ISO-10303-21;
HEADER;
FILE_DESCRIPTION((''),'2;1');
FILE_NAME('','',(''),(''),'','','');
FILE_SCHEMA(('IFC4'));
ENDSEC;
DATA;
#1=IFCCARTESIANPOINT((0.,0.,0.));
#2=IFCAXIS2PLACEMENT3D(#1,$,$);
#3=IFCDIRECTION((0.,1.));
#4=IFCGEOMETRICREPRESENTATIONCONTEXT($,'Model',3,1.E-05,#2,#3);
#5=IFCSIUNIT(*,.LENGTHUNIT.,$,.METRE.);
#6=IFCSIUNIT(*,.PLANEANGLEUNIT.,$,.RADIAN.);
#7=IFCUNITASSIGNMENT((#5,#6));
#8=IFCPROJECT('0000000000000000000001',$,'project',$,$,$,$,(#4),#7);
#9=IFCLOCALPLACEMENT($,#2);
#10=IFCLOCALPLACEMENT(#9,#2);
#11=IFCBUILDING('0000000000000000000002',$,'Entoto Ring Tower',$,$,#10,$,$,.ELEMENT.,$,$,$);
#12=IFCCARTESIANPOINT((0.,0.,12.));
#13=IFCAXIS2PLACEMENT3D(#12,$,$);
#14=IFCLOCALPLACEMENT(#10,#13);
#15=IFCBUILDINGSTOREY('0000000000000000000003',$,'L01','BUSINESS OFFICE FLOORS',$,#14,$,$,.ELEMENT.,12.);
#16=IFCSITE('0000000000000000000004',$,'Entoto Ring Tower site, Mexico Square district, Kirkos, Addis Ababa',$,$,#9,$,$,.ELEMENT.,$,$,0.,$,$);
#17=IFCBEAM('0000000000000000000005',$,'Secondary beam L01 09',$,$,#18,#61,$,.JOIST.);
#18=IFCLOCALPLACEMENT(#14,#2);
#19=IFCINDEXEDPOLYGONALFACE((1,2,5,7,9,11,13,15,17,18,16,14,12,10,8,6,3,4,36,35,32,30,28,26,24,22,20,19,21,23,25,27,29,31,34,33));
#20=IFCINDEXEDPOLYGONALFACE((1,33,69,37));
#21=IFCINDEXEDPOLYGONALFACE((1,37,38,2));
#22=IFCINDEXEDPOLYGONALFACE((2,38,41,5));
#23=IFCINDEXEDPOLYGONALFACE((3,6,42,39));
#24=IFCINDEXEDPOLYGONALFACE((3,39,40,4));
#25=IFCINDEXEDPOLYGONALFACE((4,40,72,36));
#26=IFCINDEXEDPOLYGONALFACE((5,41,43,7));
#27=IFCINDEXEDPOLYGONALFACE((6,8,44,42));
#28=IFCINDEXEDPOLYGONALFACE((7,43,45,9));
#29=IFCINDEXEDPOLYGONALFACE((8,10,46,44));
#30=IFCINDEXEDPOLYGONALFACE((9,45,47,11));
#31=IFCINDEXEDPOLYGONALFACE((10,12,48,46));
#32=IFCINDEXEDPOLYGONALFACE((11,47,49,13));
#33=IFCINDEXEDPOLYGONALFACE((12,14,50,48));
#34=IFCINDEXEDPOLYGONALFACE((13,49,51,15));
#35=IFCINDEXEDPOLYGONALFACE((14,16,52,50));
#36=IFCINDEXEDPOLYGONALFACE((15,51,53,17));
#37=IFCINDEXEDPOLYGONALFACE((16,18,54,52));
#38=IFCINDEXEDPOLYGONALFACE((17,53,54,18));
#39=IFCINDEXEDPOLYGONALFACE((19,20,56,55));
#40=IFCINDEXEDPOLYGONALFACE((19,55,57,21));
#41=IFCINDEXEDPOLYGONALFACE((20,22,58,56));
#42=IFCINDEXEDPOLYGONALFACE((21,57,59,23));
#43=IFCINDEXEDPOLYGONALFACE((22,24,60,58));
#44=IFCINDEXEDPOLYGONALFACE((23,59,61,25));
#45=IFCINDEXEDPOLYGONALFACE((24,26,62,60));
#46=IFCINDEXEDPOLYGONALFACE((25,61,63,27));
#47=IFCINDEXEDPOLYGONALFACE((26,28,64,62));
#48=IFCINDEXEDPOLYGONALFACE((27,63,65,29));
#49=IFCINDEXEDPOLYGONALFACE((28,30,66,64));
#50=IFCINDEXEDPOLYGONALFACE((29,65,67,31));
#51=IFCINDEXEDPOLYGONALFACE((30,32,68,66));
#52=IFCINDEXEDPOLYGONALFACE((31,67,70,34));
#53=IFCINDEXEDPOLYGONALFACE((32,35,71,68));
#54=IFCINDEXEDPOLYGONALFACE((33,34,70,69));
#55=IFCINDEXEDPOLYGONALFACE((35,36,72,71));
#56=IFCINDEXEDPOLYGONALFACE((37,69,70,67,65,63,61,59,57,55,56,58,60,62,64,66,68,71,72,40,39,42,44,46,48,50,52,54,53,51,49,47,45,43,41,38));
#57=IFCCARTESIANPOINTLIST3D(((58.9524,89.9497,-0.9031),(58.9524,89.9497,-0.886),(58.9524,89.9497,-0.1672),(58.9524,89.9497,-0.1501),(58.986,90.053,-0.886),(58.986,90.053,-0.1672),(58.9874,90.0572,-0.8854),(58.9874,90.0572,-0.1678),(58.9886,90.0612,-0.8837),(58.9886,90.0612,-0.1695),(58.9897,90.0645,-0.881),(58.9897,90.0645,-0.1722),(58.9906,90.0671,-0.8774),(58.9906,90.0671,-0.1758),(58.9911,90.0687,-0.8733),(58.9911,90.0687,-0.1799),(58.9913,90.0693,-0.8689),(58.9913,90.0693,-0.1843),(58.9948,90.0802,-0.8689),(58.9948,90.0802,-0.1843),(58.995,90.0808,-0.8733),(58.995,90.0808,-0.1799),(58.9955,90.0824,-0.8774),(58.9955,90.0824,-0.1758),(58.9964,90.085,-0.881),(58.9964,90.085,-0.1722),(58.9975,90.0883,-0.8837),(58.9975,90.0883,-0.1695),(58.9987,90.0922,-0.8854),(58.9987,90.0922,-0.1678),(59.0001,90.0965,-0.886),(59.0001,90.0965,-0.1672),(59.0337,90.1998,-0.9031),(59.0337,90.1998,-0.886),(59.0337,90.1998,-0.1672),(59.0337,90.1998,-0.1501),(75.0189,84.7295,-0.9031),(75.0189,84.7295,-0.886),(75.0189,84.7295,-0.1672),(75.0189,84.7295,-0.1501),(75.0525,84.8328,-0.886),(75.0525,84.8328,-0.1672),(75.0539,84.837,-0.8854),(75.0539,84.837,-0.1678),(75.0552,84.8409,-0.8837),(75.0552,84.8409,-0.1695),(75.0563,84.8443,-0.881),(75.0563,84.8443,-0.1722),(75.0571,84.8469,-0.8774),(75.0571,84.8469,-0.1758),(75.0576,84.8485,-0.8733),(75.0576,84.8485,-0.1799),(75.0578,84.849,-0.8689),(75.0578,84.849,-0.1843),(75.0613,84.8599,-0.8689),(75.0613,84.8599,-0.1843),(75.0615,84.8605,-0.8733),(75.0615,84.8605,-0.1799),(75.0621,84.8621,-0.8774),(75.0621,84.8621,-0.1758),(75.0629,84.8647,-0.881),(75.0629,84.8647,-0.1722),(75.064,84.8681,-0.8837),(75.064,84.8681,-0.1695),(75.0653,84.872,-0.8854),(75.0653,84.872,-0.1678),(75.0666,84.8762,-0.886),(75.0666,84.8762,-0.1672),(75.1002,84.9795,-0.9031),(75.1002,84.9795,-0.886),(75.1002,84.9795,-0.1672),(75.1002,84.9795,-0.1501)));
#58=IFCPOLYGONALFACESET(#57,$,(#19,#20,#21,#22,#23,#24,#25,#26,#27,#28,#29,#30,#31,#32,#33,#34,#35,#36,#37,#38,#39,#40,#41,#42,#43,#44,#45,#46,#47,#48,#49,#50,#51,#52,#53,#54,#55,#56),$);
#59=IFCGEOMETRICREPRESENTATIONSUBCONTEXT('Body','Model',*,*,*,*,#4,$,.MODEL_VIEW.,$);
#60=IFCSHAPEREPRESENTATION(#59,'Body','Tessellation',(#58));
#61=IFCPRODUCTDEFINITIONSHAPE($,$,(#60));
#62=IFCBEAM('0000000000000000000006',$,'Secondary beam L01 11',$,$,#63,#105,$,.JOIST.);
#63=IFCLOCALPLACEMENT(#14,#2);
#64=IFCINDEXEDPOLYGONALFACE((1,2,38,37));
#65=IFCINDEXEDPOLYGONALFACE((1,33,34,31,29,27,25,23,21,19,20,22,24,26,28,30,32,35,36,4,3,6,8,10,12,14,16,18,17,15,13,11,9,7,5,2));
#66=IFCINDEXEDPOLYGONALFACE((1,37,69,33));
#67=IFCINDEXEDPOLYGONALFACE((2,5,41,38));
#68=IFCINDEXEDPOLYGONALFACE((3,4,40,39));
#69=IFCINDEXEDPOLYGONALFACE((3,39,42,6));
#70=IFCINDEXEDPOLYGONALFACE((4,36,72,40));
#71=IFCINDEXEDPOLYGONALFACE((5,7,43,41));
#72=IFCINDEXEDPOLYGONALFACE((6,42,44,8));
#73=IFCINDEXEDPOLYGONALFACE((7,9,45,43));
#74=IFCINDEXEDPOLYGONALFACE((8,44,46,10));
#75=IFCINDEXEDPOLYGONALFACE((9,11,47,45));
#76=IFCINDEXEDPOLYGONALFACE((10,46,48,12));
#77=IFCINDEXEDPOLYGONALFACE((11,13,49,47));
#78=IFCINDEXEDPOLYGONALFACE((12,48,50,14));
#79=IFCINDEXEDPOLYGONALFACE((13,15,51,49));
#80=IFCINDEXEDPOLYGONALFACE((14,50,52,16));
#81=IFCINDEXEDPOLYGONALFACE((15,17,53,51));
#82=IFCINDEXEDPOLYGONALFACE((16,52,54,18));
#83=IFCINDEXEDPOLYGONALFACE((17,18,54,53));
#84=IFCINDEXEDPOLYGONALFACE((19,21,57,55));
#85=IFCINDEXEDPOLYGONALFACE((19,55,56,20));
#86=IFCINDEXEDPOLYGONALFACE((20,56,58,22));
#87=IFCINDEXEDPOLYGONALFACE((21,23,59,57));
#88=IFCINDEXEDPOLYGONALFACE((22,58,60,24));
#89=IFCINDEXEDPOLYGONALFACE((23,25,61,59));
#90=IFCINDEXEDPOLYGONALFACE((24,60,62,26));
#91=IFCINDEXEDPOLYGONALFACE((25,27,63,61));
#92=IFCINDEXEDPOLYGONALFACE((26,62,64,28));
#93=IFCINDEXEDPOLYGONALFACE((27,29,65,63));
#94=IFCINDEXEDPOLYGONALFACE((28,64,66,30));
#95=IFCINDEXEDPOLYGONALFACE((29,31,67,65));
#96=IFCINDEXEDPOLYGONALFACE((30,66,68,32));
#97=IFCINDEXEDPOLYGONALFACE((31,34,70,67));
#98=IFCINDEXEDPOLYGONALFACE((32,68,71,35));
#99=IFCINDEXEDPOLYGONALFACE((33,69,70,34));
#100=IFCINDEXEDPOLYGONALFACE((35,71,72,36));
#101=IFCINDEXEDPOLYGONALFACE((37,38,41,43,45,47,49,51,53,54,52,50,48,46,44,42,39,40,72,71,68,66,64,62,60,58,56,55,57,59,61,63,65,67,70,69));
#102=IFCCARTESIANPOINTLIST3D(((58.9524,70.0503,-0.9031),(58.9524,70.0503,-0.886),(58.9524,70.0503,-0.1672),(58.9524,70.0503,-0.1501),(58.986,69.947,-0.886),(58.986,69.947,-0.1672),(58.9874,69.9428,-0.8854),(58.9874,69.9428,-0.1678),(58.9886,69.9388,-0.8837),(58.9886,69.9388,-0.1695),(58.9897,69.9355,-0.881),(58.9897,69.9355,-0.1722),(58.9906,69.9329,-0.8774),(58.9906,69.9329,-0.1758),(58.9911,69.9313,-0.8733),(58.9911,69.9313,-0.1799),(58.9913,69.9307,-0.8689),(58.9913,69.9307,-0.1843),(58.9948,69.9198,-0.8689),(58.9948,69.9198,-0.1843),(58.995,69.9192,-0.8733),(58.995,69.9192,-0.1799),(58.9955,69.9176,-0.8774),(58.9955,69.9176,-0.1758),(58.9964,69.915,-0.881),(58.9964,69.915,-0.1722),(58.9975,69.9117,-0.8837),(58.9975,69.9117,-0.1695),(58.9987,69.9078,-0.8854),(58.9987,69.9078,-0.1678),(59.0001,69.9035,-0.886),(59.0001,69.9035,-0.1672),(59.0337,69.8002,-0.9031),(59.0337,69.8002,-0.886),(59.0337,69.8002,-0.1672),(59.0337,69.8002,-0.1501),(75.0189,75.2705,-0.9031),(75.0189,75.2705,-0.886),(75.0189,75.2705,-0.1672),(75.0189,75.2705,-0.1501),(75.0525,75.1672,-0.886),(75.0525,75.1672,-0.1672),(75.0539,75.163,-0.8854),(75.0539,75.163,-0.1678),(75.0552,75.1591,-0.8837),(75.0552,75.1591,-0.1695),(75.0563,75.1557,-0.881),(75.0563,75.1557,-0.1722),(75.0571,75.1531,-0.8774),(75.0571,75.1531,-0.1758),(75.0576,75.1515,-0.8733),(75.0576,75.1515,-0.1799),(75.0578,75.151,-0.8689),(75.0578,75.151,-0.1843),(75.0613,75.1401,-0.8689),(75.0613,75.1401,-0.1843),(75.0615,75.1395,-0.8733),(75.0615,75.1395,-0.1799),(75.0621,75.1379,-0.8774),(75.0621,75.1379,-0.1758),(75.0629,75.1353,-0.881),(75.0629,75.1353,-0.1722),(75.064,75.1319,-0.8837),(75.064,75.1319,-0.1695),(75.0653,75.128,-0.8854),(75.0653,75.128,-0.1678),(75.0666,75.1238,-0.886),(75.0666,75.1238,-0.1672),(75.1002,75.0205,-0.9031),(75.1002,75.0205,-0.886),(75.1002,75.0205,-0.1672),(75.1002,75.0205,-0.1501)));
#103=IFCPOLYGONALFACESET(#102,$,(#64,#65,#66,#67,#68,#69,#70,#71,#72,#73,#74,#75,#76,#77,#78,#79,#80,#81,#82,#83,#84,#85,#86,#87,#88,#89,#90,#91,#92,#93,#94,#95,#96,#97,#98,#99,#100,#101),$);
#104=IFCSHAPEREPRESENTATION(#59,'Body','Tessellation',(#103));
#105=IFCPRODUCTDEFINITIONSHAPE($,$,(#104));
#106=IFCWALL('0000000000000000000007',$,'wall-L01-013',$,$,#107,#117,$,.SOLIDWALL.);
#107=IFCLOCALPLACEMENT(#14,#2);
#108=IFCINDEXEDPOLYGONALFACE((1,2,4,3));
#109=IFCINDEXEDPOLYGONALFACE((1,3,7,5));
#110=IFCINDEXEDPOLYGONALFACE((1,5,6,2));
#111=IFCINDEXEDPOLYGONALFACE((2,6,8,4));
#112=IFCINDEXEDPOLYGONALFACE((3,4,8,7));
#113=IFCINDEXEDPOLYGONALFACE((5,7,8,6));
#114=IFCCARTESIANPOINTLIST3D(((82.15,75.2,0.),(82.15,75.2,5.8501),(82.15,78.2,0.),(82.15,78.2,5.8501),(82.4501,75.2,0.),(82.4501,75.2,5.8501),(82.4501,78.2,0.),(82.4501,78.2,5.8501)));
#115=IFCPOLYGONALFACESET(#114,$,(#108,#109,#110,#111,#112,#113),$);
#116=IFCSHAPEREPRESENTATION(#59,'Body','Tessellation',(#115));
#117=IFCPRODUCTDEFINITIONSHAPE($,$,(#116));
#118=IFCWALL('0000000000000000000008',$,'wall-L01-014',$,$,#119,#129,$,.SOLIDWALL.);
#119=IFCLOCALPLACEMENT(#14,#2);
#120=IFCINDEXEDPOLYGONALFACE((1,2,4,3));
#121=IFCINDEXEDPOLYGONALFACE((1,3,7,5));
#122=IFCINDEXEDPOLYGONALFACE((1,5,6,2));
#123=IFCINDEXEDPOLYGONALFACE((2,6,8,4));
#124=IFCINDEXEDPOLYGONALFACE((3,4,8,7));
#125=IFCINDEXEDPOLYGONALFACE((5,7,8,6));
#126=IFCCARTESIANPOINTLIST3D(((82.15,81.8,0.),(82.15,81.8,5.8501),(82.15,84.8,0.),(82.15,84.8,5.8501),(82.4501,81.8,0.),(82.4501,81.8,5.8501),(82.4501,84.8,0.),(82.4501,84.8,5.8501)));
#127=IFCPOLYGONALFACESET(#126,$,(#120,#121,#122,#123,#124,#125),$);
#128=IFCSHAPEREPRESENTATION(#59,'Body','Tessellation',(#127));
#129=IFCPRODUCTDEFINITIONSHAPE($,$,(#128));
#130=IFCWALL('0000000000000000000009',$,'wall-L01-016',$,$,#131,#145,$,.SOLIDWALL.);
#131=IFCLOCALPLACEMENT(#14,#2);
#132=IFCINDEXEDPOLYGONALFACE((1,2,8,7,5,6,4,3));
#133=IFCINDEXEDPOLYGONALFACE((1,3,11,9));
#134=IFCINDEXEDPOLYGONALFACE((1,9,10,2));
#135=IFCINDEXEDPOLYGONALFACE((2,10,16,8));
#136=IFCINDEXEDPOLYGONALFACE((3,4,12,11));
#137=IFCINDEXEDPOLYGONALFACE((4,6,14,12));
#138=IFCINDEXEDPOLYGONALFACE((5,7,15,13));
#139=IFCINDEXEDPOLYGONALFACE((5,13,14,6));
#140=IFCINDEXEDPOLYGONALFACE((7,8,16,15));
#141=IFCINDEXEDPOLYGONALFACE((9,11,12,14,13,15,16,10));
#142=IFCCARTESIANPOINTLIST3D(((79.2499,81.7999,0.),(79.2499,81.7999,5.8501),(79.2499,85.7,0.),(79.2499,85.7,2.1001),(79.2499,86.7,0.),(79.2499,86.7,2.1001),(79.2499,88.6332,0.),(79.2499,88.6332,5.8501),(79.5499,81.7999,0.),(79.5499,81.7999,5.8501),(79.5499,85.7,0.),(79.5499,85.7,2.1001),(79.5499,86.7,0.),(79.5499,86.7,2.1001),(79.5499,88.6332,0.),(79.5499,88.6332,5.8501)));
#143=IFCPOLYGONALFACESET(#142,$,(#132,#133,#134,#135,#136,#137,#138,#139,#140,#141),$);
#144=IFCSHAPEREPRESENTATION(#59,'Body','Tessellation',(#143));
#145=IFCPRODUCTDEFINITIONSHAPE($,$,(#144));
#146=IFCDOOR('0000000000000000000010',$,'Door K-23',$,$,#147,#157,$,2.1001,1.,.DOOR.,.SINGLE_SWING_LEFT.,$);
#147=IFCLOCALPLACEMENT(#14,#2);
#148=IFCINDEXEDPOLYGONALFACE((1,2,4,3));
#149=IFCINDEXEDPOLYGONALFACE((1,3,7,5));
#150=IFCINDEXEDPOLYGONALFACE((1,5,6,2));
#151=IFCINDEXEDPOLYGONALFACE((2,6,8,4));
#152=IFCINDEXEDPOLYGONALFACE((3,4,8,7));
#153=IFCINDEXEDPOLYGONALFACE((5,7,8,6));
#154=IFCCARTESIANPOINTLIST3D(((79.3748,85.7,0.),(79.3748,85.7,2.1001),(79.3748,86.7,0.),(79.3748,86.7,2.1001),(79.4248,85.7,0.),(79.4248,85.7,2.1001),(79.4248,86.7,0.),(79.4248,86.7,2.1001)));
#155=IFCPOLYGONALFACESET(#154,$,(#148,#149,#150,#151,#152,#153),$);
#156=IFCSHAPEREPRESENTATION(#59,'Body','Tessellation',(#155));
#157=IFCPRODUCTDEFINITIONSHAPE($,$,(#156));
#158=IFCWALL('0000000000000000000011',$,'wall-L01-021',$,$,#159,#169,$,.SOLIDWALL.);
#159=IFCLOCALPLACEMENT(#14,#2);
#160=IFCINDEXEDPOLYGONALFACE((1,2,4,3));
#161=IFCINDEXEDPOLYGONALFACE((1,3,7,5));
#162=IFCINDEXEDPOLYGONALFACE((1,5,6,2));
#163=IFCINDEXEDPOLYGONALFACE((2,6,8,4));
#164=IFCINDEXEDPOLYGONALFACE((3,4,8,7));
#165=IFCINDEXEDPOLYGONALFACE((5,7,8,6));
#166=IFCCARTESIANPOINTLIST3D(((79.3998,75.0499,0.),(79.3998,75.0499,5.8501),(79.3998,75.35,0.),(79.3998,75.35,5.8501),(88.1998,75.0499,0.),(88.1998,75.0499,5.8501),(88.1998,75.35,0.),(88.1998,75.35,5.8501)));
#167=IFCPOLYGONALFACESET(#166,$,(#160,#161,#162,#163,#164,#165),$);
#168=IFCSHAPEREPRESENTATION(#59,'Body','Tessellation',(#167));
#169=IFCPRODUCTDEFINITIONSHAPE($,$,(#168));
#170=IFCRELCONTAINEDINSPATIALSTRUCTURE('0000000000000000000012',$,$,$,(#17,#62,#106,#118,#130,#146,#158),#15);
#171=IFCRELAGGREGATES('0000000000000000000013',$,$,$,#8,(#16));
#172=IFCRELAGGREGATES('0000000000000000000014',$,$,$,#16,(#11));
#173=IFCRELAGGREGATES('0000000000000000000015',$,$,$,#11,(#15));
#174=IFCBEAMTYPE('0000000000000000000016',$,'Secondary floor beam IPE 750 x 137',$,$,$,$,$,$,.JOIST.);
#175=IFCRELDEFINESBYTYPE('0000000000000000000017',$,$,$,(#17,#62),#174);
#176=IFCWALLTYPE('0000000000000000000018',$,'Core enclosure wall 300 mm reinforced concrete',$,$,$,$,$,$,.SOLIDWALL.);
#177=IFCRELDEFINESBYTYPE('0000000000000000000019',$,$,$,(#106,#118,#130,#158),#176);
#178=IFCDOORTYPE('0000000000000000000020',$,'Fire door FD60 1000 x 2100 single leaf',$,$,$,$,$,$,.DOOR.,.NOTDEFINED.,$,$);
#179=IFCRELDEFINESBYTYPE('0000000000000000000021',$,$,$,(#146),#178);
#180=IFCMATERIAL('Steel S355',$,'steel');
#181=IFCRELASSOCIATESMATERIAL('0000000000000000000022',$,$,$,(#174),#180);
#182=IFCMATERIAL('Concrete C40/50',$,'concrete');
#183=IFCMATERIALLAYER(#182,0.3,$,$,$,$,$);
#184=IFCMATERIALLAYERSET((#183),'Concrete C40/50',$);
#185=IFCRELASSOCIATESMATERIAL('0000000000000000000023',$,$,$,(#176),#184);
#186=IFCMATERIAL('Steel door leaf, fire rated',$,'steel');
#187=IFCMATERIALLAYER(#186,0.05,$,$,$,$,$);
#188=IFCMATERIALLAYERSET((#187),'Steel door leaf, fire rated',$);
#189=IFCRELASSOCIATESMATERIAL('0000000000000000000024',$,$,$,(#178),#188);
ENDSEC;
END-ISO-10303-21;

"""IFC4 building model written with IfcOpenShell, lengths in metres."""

from ifc_helpers import new_model, si_unit, direction, frame, frame_2d, origin, origin_2d, place, context, subcontext, project, spatial, rectangle, i_section, extrude, material, layer, layer_set, material_profile, profile_set, type_object, element, fill, save


model = new_model("IFC4")

# Units and contexts
model_context = context("Model", 3, precision=1e-05, world=origin(), true_north=direction((0.0, 1.0)))
body_context = subcontext(model_context, "Body", "Model", "MODEL_VIEW")
ifc_project = project(units=[si_unit("LENGTHUNIT", "METRE"), si_unit("PLANEANGLEUNIT", "RADIAN")], contexts=[model_context])

# Site, building, storey
site_placement = place(None, origin())
site = spatial("IfcSite", under=ifc_project, at=site_placement, Name="Entoto Ring Tower site, Mexico Square district, Kirkos, Addis Ababa", CompositionType="ELEMENT", RefElevation=0.0)
building_placement = place(site_placement, origin())
building = spatial("IfcBuilding", under=site, at=building_placement, Name="Entoto Ring Tower", CompositionType="ELEMENT")
storey_placement = place(building_placement, frame((0.0, 0.0, 12.0)))
storey = spatial("IfcBuildingStorey", under=building, at=storey_placement, Name="L01", Description="BUSINESS OFFICE FLOORS", CompositionType="ELEMENT", Elevation=12.0)

# Beams
ifc_material_1 = material(Name="Steel S355", Category="steel")
ifc_material_profile_1 = material_profile(ifc_material_1, i_section(OverallWidth=0.2629, OverallDepth=0.7529, WebThickness=0.0115, FlangeThickness=0.0171, FilletRadius=0.0171, at=origin_2d()), Name="IPE 750 x 137")
ifc_profile_set_1 = profile_set([ifc_material_profile_1], Name="Steel S355")
beam_type_1 = type_object("IfcBeamType", Name="Secondary floor beam IPE 750 x 137", PredefinedType="JOIST", material=ifc_profile_set_1)
for number, where, z_axis, x_axis, name in (
    (1, (75.0596, 84.8545, -0.5266), (-0.951058, 0.309013, 0.0), (-0.309013, -0.951058, 0.0), "Secondary beam L01 09"),
    (2, (75.0596, 75.1455, -0.5266), (-0.951058, -0.309013, 0.0), (0.309013, -0.951058, 0.0), "Secondary beam L01 11"),
):
    element("IfcBeam", number, at=place(storey_placement, frame(where, z_axis=z_axis, x_axis=x_axis)), inside=storey, type_object=beam_type_1, Name=name, PredefinedType="JOIST", context=body_context, shape_type="SweptSolid", body=[
        extrude(i_section(OverallWidth=0.2629, OverallDepth=0.7529, WebThickness=0.0115, FlangeThickness=0.0171, FilletRadius=0.0171, at=origin_2d()), origin(), (0.0, 0.0, 1.0), 16.8933),
    ])

# Walls
ifc_material_2 = material(Name="Concrete C40/50", Category="concrete")
ifc_layer_1 = layer(ifc_material_2, 0.3)
ifc_layer_set_1 = layer_set([ifc_layer_1], Name="Concrete C40/50")
wall_type_1 = type_object("IfcWallType", Name="Core enclosure wall 300 mm reinforced concrete", PredefinedType="SOLIDWALL", material=ifc_layer_set_1)
for number, where, z_axis, x_axis, name in (
    (3, (82.3, 75.2, 0.0), (0.0, 0.0, 1.0), (0.0, 1.0, 0.0), "wall-L01-013"),
    (4, (82.3, 81.8, 0.0), (0.0, 0.0, 1.0), (0.0, 1.0, 0.0), "wall-L01-014"),
):
    element("IfcWall", number, at=place(storey_placement, frame(where, z_axis=z_axis, x_axis=x_axis)), inside=storey, type_object=wall_type_1, Name=name, PredefinedType="SOLIDWALL", context=body_context, shape_type="SweptSolid", body=[
        extrude(rectangle(XDim=3.0, YDim=0.3, at=frame_2d((1.5, 0.0))), origin(), (0.0, 0.0, 1.0), 5.8501),
    ])

# Wall, opening, door
wall_1_placement = place(storey_placement, frame((79.3999, 81.8, 0.0), z_axis=(0.0, 0.0, 1.0), x_axis=(0.0, 1.0, 0.0)))
wall_1 = element("IfcWall", 5, at=wall_1_placement, inside=storey, type_object=wall_type_1, Name="wall-L01-016", PredefinedType="SOLIDWALL", context=body_context, shape_type="SweptSolid", body=[
    extrude(rectangle(XDim=6.8333, YDim=0.3, at=frame_2d((3.4165, 0.0))), origin(), (0.0, 0.0, 1.0), 5.8501),
])
opening_1_placement = place(wall_1_placement, frame((3.8999, 0.0, 0.0)))
opening_1 = element("IfcOpeningElement", 6, at=opening_1_placement, cuts=wall_1, PredefinedType="OPENING", context=body_context, shape_type="SweptSolid", body=[
    extrude(rectangle(XDim=1.0, YDim=2.1001, at=frame_2d((0.5, 1.05))), frame((0.0, 0.1602, 0.0), z_axis=(0.0, -1.0, 0.0), x_axis=(1.0, 0.0, 0.0)), (0.0, 0.0, 1.0), 0.3201),
])
ifc_material_3 = material(Name="Steel door leaf, fire rated", Category="steel")
ifc_layer_2 = layer(ifc_material_3, 0.05)
ifc_layer_set_2 = layer_set([ifc_layer_2], Name="Steel door leaf, fire rated")
door_type_1 = type_object("IfcDoorType", Name="Fire door FD60 1000 x 2100 single leaf", OperationType="NOTDEFINED", PredefinedType="DOOR", material=ifc_layer_set_2)
door_1_placement = place(opening_1_placement, frame((1.0, 0.0, 0.0), z_axis=(0.0, 0.0, 1.0), x_axis=(-1.0, 0.0, 0.0)))
door_1 = element("IfcDoor", 7, at=door_1_placement, inside=storey, type_object=door_type_1, Name="Door K-23", OperationType="SINGLE_SWING_LEFT", OverallHeight=2.1001, OverallWidth=1.0, PredefinedType="DOOR", context=body_context, shape_type="SweptSolid", body=[
    extrude(rectangle(XDim=1.0, YDim=2.1001, at=frame_2d((0.5, 1.05))), frame((0.0, 0.0249, 0.0), z_axis=(0.0, -1.0, 0.0), x_axis=(1.0, 0.0, 0.0)), (0.0, 0.0, 1.0), 0.05),
])
fill(opening_1, door_1)

# Wall
wall_2_placement = place(storey_placement, frame((79.3999, 75.2, 0.0), z_axis=(0.0, 0.0, 1.0), x_axis=(1.0, 0.0, 0.0)))
element("IfcWall", 8, at=wall_2_placement, inside=storey, type_object=wall_type_1, Name="wall-L01-021", PredefinedType="SOLIDWALL", context=body_context, shape_type="SweptSolid", body=[
    extrude(rectangle(XDim=8.8, YDim=0.3, at=frame_2d((4.3999, 0.0))), origin(), (0.0, 0.0, 1.0), 5.8501),
])

save(model, "model.ifc")
